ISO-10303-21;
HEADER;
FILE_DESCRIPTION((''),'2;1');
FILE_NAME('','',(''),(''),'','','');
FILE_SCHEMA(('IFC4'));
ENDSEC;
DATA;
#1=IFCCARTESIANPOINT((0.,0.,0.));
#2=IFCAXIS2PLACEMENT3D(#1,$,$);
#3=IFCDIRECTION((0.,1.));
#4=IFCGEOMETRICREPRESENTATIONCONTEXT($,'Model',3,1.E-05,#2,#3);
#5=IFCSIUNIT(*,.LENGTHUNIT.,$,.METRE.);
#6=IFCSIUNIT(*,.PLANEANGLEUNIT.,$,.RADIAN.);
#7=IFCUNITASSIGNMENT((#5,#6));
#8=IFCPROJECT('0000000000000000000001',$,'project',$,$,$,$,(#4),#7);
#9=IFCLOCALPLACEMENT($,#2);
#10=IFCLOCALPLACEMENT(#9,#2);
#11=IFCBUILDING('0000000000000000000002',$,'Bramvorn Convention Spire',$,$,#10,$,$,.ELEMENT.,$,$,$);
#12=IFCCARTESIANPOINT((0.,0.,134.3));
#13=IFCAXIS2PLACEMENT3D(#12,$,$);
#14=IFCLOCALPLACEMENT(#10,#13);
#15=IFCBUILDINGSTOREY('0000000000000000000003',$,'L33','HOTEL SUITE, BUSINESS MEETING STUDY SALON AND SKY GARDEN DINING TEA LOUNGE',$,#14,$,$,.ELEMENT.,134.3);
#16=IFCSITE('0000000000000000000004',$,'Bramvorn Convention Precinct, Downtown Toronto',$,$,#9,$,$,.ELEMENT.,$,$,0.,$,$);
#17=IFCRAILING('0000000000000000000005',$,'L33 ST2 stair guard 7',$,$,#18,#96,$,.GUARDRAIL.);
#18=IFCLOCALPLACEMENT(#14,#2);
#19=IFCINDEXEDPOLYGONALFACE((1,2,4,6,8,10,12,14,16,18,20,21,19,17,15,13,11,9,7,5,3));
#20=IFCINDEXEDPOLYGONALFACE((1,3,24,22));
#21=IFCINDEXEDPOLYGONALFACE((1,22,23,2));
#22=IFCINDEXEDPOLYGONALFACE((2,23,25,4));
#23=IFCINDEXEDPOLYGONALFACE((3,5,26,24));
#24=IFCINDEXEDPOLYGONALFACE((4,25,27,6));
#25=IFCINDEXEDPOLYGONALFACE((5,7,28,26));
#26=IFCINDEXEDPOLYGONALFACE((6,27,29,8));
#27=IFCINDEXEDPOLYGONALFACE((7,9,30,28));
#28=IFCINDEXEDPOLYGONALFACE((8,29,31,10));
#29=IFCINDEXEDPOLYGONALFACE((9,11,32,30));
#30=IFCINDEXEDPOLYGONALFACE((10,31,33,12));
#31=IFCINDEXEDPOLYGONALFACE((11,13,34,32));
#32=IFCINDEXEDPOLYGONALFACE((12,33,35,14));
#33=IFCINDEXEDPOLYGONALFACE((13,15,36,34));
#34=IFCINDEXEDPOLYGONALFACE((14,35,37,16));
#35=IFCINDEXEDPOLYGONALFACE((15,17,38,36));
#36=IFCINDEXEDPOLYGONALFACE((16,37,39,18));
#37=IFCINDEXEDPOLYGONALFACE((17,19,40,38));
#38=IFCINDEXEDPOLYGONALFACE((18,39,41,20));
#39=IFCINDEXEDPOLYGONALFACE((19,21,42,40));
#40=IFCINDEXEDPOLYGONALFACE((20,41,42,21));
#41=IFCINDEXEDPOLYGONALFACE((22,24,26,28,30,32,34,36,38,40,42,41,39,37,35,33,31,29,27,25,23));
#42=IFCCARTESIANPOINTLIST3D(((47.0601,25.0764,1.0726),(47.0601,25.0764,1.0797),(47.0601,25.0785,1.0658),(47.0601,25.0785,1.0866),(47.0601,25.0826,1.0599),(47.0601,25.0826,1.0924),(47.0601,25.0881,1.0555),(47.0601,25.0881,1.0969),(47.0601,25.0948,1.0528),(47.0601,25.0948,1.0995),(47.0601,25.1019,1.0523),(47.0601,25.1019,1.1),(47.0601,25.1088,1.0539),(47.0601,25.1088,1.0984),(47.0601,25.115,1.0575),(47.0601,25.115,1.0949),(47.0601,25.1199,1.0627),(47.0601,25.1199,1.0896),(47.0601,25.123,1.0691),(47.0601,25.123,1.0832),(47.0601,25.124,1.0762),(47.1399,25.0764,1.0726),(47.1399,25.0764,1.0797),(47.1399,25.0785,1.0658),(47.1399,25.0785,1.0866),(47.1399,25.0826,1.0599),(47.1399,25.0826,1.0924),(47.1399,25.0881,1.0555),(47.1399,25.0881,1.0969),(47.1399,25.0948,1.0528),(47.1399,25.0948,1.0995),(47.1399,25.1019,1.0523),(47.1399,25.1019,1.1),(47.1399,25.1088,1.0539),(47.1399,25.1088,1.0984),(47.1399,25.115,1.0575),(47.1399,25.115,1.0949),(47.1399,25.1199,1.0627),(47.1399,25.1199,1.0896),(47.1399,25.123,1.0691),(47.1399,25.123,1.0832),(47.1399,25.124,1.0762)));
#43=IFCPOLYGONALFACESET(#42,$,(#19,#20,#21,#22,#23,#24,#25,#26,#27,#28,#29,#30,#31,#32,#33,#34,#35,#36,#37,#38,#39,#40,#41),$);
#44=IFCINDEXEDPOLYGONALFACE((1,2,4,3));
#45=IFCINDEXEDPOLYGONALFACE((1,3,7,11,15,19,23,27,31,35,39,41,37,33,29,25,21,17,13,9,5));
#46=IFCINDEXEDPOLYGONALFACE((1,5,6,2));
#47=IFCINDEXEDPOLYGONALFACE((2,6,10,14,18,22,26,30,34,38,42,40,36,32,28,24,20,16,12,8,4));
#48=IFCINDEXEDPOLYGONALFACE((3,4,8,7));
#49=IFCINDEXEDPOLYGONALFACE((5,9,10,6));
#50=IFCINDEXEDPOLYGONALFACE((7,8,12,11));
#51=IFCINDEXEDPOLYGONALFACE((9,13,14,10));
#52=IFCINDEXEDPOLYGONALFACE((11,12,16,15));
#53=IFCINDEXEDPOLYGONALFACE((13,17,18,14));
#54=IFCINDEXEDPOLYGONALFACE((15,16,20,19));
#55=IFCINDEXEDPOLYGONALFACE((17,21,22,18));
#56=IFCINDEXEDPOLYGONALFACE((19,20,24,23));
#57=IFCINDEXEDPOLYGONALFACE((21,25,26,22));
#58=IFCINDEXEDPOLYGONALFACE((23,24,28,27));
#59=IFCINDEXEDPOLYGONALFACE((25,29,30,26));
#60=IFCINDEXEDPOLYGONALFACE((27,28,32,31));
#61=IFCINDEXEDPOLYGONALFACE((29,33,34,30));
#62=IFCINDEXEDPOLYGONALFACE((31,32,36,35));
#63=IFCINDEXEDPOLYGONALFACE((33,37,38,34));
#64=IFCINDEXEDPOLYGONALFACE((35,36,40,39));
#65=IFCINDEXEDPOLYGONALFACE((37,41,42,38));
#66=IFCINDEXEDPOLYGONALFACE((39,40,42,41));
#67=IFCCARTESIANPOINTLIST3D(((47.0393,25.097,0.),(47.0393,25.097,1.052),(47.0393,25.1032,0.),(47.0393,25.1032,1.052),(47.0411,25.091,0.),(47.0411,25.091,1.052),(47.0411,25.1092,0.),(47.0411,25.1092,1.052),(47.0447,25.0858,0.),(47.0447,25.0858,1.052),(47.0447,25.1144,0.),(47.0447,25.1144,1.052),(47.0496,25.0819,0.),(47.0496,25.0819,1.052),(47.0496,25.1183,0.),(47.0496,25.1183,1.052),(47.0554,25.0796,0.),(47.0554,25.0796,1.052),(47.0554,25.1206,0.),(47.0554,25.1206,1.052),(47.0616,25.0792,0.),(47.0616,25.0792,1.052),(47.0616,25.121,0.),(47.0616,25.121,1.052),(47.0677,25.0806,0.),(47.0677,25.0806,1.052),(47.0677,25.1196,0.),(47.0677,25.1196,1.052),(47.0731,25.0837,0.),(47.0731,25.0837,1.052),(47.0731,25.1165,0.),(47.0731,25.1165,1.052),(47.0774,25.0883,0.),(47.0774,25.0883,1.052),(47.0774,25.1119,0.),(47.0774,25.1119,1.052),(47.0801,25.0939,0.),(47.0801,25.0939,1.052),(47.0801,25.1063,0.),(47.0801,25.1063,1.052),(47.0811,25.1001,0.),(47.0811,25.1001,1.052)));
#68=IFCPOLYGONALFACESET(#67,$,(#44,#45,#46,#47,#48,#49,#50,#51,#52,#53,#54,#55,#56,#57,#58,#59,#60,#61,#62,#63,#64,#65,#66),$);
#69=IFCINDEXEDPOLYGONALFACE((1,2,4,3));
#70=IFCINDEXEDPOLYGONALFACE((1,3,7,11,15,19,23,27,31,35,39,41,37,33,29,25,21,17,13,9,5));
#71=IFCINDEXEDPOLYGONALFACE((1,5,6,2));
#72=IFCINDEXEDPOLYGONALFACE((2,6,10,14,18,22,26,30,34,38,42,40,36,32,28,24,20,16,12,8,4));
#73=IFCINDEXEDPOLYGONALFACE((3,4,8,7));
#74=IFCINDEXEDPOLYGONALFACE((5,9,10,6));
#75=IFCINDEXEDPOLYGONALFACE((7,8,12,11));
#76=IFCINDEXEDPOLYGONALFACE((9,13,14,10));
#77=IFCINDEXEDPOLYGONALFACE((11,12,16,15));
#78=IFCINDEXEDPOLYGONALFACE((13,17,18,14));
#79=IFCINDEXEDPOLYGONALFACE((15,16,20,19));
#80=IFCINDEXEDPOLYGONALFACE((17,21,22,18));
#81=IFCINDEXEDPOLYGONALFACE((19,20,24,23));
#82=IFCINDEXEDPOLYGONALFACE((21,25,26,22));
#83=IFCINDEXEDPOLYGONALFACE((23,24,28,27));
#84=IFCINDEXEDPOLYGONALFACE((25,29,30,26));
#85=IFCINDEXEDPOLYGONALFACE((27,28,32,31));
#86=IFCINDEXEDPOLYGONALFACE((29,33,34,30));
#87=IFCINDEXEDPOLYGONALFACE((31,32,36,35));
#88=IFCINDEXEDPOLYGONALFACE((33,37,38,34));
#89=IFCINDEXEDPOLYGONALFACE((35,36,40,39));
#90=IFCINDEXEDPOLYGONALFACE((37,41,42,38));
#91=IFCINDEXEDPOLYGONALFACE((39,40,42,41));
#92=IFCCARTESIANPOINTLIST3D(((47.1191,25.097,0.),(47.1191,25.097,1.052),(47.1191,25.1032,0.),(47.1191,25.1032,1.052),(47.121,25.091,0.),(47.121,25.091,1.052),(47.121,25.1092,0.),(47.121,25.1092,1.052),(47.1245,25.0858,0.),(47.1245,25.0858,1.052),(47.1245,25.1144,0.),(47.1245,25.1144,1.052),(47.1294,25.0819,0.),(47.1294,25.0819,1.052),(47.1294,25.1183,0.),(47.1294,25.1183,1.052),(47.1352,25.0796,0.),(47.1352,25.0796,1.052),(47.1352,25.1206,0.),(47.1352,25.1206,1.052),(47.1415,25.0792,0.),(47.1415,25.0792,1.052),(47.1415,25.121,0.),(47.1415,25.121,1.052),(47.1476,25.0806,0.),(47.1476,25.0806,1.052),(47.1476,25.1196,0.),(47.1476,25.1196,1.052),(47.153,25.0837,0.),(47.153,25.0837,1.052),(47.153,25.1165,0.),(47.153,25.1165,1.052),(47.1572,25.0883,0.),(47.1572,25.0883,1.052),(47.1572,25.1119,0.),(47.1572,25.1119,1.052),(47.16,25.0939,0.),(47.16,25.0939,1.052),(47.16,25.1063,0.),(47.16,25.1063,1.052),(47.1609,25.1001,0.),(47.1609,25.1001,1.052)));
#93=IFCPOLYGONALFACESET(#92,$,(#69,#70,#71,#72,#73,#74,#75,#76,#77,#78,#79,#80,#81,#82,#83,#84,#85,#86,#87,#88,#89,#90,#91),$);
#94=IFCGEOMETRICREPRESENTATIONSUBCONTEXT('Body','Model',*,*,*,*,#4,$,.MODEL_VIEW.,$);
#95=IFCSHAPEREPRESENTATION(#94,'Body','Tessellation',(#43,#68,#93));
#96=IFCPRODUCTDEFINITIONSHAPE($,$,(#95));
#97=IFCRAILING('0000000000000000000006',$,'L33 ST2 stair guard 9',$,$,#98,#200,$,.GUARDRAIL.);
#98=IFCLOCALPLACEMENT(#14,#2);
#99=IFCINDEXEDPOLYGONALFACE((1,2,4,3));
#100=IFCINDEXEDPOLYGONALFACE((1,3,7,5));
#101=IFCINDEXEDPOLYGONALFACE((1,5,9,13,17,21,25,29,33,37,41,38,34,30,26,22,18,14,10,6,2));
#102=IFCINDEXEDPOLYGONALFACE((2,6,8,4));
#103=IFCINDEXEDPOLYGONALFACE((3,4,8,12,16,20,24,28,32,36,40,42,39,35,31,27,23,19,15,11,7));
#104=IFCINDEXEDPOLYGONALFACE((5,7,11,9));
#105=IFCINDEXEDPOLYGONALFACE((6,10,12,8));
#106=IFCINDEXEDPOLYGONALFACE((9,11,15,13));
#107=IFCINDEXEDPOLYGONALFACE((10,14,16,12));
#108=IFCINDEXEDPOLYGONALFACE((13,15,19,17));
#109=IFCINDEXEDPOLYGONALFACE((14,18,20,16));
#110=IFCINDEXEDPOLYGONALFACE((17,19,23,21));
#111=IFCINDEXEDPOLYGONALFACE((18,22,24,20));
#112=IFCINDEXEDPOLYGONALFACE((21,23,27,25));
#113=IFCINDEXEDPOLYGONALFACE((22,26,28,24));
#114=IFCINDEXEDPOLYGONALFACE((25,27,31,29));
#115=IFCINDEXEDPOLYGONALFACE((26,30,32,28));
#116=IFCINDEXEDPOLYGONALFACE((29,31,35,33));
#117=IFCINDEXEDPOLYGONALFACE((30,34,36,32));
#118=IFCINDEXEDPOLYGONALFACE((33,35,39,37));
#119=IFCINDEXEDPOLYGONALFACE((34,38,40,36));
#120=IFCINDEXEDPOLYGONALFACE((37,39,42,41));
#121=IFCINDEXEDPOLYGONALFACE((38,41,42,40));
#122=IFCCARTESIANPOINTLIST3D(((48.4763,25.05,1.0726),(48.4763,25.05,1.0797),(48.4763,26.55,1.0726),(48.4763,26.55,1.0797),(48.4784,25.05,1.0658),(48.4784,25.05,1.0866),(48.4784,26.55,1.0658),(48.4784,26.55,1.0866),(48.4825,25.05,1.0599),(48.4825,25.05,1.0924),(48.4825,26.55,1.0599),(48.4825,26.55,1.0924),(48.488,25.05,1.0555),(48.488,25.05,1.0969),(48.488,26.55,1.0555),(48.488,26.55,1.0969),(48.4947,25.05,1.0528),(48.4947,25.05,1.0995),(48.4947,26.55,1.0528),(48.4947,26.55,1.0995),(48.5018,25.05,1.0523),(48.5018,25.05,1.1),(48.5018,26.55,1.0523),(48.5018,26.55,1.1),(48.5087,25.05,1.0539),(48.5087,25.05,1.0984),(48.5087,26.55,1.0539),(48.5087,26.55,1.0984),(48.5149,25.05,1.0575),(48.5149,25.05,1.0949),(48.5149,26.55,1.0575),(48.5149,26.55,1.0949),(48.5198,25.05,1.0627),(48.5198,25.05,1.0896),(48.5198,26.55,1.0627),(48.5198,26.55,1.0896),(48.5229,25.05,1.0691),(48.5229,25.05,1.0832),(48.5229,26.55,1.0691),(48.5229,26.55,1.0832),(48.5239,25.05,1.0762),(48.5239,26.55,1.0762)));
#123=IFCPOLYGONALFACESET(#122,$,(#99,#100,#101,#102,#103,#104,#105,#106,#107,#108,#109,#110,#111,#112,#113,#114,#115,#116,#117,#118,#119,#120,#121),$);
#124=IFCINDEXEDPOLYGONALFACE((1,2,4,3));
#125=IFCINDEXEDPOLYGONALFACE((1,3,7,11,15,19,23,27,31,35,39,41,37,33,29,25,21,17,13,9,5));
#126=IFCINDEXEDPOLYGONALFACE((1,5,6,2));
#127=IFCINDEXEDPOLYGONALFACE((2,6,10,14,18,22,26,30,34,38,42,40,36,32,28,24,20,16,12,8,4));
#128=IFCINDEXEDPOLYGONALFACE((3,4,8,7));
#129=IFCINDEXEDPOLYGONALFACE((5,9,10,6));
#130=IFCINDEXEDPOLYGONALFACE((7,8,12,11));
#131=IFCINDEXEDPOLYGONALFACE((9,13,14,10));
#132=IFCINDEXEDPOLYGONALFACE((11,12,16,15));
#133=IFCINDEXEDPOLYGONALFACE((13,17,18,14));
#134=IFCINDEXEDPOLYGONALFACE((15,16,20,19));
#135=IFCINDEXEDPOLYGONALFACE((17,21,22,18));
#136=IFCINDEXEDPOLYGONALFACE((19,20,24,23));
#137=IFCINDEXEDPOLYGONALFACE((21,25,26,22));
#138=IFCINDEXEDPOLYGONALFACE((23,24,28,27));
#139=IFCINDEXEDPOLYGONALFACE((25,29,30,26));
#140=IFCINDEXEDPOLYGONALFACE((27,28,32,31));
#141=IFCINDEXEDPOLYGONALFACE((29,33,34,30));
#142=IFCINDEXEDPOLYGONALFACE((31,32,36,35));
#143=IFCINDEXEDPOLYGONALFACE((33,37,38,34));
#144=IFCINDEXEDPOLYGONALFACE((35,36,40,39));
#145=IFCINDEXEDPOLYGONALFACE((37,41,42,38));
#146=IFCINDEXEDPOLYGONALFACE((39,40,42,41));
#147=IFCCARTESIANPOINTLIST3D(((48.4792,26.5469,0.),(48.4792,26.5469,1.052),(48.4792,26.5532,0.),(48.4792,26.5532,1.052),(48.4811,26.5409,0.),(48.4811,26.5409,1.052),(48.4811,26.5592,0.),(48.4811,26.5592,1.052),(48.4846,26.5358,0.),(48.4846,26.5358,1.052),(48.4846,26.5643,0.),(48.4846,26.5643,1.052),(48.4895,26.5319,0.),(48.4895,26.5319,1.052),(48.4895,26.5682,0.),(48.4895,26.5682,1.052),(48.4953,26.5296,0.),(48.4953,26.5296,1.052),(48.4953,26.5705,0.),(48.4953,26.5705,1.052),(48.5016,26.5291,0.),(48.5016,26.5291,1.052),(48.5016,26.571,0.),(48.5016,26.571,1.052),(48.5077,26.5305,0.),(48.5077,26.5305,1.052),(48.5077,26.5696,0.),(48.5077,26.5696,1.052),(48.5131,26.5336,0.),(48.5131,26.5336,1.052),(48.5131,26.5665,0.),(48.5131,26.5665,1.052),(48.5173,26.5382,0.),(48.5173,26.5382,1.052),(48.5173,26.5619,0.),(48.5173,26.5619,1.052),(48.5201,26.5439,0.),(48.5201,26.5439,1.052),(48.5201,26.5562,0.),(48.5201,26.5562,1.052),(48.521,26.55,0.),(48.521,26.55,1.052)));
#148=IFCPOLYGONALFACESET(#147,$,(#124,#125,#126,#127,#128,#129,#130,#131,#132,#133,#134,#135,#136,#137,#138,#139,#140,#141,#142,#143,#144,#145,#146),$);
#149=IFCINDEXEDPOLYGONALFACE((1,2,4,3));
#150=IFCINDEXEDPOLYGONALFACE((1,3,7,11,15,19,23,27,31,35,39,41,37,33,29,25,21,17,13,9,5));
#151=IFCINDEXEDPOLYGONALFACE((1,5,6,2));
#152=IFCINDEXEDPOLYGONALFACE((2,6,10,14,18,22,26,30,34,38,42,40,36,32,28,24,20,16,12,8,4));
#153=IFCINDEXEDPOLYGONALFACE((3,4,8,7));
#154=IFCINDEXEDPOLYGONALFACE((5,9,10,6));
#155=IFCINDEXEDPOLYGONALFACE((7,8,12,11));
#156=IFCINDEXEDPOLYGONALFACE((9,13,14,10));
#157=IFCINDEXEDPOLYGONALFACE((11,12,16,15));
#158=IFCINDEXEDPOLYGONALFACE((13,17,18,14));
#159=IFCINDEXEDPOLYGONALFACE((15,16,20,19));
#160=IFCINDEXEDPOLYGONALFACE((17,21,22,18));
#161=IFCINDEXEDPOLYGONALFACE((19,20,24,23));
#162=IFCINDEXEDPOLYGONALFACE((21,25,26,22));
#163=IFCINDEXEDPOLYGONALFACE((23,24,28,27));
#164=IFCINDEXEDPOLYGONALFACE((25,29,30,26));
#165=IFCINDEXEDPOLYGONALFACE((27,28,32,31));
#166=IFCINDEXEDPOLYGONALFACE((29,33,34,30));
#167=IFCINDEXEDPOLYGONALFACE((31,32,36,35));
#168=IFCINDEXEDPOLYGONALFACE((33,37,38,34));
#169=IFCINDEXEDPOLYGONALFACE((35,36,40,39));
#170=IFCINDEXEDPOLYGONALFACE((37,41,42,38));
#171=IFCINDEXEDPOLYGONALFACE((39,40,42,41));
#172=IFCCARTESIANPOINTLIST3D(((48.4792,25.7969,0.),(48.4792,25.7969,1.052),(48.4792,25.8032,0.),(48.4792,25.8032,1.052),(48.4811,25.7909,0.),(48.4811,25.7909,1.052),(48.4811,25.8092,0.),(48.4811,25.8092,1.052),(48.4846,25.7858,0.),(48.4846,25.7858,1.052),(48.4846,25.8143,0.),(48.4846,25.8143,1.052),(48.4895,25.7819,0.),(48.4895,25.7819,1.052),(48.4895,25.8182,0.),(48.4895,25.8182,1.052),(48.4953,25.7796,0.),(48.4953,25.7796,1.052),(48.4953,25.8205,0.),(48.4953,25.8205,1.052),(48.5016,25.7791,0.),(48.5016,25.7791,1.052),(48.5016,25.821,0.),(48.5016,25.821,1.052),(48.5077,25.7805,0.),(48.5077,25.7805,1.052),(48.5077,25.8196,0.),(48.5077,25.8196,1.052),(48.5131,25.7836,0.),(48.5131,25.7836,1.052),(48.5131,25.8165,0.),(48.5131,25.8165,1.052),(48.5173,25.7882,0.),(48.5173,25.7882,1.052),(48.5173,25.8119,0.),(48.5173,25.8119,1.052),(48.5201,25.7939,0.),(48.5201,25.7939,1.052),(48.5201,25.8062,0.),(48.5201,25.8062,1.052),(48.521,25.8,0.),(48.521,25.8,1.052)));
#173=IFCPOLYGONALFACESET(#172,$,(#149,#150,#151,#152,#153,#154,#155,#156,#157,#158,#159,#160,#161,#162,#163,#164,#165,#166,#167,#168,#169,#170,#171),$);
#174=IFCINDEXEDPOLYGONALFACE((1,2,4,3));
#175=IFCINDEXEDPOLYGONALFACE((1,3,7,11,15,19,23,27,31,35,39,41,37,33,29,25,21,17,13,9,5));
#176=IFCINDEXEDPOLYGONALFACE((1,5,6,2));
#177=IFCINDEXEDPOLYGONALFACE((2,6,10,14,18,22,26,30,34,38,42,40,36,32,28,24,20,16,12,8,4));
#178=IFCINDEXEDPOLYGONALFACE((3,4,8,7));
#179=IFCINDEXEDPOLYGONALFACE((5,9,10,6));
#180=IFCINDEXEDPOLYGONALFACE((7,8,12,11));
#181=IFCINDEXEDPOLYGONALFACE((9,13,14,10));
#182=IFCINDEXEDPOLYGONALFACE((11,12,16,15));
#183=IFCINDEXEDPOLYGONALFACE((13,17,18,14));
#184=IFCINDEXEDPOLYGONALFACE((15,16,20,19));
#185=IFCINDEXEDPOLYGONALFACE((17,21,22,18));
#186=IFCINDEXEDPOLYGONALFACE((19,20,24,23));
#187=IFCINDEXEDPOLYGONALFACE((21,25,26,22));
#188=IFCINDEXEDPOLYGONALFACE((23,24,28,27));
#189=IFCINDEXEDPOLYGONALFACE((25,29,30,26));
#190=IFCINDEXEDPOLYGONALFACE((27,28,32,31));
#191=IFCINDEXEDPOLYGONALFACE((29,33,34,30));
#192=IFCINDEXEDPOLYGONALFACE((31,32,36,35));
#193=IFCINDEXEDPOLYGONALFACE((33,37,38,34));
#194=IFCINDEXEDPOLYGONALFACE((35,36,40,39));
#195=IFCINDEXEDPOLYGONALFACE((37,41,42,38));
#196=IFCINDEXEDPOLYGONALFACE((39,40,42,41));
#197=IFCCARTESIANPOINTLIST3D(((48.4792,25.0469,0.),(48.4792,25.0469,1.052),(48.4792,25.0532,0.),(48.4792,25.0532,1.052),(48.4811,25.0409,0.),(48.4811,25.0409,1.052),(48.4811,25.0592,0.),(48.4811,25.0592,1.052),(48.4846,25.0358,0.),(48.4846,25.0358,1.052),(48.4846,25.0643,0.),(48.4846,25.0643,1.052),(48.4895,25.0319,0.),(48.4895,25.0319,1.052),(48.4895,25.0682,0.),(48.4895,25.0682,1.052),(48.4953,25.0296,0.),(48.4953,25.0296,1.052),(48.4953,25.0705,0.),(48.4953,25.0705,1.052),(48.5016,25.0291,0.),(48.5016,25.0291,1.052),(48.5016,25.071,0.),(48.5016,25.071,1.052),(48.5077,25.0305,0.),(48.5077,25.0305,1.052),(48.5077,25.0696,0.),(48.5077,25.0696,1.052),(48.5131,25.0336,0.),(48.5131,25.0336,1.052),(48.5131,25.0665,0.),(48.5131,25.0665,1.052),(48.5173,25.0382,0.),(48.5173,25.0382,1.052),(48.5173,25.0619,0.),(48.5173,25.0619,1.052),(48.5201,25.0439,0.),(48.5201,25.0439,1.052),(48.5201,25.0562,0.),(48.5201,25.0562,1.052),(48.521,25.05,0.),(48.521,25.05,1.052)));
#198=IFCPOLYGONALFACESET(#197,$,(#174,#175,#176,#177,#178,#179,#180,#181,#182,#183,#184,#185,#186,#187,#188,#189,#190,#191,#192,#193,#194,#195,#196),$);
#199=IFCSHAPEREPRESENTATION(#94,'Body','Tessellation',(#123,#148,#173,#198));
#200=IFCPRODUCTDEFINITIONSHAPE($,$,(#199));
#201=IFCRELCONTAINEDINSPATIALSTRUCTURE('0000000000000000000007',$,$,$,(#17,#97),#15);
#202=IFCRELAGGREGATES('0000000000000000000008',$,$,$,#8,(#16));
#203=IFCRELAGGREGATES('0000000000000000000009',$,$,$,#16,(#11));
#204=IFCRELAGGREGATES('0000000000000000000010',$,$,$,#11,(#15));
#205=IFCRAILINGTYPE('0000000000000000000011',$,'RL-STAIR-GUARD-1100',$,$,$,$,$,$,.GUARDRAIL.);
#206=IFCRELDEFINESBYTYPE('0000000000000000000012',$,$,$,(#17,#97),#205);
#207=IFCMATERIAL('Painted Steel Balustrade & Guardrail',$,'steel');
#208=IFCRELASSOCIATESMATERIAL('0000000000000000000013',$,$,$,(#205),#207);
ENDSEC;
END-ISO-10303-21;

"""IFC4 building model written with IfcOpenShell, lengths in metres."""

from ifc_helpers import new_model, si_unit, direction, frame, origin, origin_2d, place, context, subcontext, project, spatial, circle, extrude, material, type_object, element, save


model = new_model("IFC4")

# Units and contexts
model_context = context("Model", 3, precision=1e-05, world=origin(), true_north=direction((0.0, 1.0)))
body_context = subcontext(model_context, "Body", "Model", "MODEL_VIEW")
ifc_project = project(units=[si_unit("LENGTHUNIT", "METRE"), si_unit("PLANEANGLEUNIT", "RADIAN")], contexts=[model_context])

# Site, building, storey
site_placement = place(None, origin())
site = spatial("IfcSite", under=ifc_project, at=site_placement, Name="Bramvorn Convention Precinct, Downtown Toronto", CompositionType="ELEMENT", RefElevation=0.0)
building_placement = place(site_placement, origin())
building = spatial("IfcBuilding", under=site, at=building_placement, Name="Bramvorn Convention Spire", CompositionType="ELEMENT")
storey_placement = place(building_placement, frame((0.0, 0.0, 134.3)))
storey = spatial("IfcBuildingStorey", under=building, at=storey_placement, Name="L33", Description="HOTEL SUITE, BUSINESS MEETING STUDY SALON AND SKY GARDEN DINING TEA LOUNGE", CompositionType="ELEMENT", Elevation=134.3)

# Railings
ifc_material_1 = material(Name="Painted Steel Balustrade & Guardrail", Category="steel")
railing_type_1 = type_object("IfcRailingType", Name="RL-STAIR-GUARD-1100", PredefinedType="GUARDRAIL", material=ifc_material_1)
railing_1_placement = place(storey_placement, frame((47.0601, 25.1001, 0.0)))
element("IfcRailing", 1, at=railing_1_placement, inside=storey, type_object=railing_type_1, Name="L33 ST2 stair guard 7", PredefinedType="GUARDRAIL", context=body_context, shape_type="SweptSolid", body=[
    extrude(circle(Radius=0.0239, at=origin_2d()), frame((0.0, 0.0, 1.0762), z_axis=(1.0, 0.0, 0.0), x_axis=(0.0, 1.0, 0.0)), (0.0, 0.0, 1.0), 0.0798),
    extrude(circle(Radius=0.021, at=origin_2d()), origin(), (0.0, 0.0, 1.0), 1.052),
    extrude(circle(Radius=0.021, at=origin_2d()), frame((0.0798, 0.0, 0.0)), (0.0, 0.0, 1.0), 1.052),
])
railing_2_placement = place(storey_placement, frame((48.5, 26.55, 0.0)))
element("IfcRailing", 2, at=railing_2_placement, inside=storey, type_object=railing_type_1, Name="L33 ST2 stair guard 9", PredefinedType="GUARDRAIL", context=body_context, shape_type="SweptSolid", body=[
    extrude(circle(Radius=0.0239, at=origin_2d()), frame((0.0, 0.0, 1.0762), z_axis=(0.0, -1.0, 0.0), x_axis=(1.0, 0.0, 0.0)), (0.0, 0.0, 1.0), 1.5),
    extrude(circle(Radius=0.021, at=origin_2d()), origin(), (0.0, 0.0, 1.0), 1.052),
    extrude(circle(Radius=0.021, at=origin_2d()), frame((0.0, -0.75, 0.0)), (0.0, 0.0, 1.0), 1.052),
    extrude(circle(Radius=0.021, at=origin_2d()), frame((0.0, -1.5, 0.0)), (0.0, 0.0, 1.0), 1.052),
])

save(model, "model.ifc")
